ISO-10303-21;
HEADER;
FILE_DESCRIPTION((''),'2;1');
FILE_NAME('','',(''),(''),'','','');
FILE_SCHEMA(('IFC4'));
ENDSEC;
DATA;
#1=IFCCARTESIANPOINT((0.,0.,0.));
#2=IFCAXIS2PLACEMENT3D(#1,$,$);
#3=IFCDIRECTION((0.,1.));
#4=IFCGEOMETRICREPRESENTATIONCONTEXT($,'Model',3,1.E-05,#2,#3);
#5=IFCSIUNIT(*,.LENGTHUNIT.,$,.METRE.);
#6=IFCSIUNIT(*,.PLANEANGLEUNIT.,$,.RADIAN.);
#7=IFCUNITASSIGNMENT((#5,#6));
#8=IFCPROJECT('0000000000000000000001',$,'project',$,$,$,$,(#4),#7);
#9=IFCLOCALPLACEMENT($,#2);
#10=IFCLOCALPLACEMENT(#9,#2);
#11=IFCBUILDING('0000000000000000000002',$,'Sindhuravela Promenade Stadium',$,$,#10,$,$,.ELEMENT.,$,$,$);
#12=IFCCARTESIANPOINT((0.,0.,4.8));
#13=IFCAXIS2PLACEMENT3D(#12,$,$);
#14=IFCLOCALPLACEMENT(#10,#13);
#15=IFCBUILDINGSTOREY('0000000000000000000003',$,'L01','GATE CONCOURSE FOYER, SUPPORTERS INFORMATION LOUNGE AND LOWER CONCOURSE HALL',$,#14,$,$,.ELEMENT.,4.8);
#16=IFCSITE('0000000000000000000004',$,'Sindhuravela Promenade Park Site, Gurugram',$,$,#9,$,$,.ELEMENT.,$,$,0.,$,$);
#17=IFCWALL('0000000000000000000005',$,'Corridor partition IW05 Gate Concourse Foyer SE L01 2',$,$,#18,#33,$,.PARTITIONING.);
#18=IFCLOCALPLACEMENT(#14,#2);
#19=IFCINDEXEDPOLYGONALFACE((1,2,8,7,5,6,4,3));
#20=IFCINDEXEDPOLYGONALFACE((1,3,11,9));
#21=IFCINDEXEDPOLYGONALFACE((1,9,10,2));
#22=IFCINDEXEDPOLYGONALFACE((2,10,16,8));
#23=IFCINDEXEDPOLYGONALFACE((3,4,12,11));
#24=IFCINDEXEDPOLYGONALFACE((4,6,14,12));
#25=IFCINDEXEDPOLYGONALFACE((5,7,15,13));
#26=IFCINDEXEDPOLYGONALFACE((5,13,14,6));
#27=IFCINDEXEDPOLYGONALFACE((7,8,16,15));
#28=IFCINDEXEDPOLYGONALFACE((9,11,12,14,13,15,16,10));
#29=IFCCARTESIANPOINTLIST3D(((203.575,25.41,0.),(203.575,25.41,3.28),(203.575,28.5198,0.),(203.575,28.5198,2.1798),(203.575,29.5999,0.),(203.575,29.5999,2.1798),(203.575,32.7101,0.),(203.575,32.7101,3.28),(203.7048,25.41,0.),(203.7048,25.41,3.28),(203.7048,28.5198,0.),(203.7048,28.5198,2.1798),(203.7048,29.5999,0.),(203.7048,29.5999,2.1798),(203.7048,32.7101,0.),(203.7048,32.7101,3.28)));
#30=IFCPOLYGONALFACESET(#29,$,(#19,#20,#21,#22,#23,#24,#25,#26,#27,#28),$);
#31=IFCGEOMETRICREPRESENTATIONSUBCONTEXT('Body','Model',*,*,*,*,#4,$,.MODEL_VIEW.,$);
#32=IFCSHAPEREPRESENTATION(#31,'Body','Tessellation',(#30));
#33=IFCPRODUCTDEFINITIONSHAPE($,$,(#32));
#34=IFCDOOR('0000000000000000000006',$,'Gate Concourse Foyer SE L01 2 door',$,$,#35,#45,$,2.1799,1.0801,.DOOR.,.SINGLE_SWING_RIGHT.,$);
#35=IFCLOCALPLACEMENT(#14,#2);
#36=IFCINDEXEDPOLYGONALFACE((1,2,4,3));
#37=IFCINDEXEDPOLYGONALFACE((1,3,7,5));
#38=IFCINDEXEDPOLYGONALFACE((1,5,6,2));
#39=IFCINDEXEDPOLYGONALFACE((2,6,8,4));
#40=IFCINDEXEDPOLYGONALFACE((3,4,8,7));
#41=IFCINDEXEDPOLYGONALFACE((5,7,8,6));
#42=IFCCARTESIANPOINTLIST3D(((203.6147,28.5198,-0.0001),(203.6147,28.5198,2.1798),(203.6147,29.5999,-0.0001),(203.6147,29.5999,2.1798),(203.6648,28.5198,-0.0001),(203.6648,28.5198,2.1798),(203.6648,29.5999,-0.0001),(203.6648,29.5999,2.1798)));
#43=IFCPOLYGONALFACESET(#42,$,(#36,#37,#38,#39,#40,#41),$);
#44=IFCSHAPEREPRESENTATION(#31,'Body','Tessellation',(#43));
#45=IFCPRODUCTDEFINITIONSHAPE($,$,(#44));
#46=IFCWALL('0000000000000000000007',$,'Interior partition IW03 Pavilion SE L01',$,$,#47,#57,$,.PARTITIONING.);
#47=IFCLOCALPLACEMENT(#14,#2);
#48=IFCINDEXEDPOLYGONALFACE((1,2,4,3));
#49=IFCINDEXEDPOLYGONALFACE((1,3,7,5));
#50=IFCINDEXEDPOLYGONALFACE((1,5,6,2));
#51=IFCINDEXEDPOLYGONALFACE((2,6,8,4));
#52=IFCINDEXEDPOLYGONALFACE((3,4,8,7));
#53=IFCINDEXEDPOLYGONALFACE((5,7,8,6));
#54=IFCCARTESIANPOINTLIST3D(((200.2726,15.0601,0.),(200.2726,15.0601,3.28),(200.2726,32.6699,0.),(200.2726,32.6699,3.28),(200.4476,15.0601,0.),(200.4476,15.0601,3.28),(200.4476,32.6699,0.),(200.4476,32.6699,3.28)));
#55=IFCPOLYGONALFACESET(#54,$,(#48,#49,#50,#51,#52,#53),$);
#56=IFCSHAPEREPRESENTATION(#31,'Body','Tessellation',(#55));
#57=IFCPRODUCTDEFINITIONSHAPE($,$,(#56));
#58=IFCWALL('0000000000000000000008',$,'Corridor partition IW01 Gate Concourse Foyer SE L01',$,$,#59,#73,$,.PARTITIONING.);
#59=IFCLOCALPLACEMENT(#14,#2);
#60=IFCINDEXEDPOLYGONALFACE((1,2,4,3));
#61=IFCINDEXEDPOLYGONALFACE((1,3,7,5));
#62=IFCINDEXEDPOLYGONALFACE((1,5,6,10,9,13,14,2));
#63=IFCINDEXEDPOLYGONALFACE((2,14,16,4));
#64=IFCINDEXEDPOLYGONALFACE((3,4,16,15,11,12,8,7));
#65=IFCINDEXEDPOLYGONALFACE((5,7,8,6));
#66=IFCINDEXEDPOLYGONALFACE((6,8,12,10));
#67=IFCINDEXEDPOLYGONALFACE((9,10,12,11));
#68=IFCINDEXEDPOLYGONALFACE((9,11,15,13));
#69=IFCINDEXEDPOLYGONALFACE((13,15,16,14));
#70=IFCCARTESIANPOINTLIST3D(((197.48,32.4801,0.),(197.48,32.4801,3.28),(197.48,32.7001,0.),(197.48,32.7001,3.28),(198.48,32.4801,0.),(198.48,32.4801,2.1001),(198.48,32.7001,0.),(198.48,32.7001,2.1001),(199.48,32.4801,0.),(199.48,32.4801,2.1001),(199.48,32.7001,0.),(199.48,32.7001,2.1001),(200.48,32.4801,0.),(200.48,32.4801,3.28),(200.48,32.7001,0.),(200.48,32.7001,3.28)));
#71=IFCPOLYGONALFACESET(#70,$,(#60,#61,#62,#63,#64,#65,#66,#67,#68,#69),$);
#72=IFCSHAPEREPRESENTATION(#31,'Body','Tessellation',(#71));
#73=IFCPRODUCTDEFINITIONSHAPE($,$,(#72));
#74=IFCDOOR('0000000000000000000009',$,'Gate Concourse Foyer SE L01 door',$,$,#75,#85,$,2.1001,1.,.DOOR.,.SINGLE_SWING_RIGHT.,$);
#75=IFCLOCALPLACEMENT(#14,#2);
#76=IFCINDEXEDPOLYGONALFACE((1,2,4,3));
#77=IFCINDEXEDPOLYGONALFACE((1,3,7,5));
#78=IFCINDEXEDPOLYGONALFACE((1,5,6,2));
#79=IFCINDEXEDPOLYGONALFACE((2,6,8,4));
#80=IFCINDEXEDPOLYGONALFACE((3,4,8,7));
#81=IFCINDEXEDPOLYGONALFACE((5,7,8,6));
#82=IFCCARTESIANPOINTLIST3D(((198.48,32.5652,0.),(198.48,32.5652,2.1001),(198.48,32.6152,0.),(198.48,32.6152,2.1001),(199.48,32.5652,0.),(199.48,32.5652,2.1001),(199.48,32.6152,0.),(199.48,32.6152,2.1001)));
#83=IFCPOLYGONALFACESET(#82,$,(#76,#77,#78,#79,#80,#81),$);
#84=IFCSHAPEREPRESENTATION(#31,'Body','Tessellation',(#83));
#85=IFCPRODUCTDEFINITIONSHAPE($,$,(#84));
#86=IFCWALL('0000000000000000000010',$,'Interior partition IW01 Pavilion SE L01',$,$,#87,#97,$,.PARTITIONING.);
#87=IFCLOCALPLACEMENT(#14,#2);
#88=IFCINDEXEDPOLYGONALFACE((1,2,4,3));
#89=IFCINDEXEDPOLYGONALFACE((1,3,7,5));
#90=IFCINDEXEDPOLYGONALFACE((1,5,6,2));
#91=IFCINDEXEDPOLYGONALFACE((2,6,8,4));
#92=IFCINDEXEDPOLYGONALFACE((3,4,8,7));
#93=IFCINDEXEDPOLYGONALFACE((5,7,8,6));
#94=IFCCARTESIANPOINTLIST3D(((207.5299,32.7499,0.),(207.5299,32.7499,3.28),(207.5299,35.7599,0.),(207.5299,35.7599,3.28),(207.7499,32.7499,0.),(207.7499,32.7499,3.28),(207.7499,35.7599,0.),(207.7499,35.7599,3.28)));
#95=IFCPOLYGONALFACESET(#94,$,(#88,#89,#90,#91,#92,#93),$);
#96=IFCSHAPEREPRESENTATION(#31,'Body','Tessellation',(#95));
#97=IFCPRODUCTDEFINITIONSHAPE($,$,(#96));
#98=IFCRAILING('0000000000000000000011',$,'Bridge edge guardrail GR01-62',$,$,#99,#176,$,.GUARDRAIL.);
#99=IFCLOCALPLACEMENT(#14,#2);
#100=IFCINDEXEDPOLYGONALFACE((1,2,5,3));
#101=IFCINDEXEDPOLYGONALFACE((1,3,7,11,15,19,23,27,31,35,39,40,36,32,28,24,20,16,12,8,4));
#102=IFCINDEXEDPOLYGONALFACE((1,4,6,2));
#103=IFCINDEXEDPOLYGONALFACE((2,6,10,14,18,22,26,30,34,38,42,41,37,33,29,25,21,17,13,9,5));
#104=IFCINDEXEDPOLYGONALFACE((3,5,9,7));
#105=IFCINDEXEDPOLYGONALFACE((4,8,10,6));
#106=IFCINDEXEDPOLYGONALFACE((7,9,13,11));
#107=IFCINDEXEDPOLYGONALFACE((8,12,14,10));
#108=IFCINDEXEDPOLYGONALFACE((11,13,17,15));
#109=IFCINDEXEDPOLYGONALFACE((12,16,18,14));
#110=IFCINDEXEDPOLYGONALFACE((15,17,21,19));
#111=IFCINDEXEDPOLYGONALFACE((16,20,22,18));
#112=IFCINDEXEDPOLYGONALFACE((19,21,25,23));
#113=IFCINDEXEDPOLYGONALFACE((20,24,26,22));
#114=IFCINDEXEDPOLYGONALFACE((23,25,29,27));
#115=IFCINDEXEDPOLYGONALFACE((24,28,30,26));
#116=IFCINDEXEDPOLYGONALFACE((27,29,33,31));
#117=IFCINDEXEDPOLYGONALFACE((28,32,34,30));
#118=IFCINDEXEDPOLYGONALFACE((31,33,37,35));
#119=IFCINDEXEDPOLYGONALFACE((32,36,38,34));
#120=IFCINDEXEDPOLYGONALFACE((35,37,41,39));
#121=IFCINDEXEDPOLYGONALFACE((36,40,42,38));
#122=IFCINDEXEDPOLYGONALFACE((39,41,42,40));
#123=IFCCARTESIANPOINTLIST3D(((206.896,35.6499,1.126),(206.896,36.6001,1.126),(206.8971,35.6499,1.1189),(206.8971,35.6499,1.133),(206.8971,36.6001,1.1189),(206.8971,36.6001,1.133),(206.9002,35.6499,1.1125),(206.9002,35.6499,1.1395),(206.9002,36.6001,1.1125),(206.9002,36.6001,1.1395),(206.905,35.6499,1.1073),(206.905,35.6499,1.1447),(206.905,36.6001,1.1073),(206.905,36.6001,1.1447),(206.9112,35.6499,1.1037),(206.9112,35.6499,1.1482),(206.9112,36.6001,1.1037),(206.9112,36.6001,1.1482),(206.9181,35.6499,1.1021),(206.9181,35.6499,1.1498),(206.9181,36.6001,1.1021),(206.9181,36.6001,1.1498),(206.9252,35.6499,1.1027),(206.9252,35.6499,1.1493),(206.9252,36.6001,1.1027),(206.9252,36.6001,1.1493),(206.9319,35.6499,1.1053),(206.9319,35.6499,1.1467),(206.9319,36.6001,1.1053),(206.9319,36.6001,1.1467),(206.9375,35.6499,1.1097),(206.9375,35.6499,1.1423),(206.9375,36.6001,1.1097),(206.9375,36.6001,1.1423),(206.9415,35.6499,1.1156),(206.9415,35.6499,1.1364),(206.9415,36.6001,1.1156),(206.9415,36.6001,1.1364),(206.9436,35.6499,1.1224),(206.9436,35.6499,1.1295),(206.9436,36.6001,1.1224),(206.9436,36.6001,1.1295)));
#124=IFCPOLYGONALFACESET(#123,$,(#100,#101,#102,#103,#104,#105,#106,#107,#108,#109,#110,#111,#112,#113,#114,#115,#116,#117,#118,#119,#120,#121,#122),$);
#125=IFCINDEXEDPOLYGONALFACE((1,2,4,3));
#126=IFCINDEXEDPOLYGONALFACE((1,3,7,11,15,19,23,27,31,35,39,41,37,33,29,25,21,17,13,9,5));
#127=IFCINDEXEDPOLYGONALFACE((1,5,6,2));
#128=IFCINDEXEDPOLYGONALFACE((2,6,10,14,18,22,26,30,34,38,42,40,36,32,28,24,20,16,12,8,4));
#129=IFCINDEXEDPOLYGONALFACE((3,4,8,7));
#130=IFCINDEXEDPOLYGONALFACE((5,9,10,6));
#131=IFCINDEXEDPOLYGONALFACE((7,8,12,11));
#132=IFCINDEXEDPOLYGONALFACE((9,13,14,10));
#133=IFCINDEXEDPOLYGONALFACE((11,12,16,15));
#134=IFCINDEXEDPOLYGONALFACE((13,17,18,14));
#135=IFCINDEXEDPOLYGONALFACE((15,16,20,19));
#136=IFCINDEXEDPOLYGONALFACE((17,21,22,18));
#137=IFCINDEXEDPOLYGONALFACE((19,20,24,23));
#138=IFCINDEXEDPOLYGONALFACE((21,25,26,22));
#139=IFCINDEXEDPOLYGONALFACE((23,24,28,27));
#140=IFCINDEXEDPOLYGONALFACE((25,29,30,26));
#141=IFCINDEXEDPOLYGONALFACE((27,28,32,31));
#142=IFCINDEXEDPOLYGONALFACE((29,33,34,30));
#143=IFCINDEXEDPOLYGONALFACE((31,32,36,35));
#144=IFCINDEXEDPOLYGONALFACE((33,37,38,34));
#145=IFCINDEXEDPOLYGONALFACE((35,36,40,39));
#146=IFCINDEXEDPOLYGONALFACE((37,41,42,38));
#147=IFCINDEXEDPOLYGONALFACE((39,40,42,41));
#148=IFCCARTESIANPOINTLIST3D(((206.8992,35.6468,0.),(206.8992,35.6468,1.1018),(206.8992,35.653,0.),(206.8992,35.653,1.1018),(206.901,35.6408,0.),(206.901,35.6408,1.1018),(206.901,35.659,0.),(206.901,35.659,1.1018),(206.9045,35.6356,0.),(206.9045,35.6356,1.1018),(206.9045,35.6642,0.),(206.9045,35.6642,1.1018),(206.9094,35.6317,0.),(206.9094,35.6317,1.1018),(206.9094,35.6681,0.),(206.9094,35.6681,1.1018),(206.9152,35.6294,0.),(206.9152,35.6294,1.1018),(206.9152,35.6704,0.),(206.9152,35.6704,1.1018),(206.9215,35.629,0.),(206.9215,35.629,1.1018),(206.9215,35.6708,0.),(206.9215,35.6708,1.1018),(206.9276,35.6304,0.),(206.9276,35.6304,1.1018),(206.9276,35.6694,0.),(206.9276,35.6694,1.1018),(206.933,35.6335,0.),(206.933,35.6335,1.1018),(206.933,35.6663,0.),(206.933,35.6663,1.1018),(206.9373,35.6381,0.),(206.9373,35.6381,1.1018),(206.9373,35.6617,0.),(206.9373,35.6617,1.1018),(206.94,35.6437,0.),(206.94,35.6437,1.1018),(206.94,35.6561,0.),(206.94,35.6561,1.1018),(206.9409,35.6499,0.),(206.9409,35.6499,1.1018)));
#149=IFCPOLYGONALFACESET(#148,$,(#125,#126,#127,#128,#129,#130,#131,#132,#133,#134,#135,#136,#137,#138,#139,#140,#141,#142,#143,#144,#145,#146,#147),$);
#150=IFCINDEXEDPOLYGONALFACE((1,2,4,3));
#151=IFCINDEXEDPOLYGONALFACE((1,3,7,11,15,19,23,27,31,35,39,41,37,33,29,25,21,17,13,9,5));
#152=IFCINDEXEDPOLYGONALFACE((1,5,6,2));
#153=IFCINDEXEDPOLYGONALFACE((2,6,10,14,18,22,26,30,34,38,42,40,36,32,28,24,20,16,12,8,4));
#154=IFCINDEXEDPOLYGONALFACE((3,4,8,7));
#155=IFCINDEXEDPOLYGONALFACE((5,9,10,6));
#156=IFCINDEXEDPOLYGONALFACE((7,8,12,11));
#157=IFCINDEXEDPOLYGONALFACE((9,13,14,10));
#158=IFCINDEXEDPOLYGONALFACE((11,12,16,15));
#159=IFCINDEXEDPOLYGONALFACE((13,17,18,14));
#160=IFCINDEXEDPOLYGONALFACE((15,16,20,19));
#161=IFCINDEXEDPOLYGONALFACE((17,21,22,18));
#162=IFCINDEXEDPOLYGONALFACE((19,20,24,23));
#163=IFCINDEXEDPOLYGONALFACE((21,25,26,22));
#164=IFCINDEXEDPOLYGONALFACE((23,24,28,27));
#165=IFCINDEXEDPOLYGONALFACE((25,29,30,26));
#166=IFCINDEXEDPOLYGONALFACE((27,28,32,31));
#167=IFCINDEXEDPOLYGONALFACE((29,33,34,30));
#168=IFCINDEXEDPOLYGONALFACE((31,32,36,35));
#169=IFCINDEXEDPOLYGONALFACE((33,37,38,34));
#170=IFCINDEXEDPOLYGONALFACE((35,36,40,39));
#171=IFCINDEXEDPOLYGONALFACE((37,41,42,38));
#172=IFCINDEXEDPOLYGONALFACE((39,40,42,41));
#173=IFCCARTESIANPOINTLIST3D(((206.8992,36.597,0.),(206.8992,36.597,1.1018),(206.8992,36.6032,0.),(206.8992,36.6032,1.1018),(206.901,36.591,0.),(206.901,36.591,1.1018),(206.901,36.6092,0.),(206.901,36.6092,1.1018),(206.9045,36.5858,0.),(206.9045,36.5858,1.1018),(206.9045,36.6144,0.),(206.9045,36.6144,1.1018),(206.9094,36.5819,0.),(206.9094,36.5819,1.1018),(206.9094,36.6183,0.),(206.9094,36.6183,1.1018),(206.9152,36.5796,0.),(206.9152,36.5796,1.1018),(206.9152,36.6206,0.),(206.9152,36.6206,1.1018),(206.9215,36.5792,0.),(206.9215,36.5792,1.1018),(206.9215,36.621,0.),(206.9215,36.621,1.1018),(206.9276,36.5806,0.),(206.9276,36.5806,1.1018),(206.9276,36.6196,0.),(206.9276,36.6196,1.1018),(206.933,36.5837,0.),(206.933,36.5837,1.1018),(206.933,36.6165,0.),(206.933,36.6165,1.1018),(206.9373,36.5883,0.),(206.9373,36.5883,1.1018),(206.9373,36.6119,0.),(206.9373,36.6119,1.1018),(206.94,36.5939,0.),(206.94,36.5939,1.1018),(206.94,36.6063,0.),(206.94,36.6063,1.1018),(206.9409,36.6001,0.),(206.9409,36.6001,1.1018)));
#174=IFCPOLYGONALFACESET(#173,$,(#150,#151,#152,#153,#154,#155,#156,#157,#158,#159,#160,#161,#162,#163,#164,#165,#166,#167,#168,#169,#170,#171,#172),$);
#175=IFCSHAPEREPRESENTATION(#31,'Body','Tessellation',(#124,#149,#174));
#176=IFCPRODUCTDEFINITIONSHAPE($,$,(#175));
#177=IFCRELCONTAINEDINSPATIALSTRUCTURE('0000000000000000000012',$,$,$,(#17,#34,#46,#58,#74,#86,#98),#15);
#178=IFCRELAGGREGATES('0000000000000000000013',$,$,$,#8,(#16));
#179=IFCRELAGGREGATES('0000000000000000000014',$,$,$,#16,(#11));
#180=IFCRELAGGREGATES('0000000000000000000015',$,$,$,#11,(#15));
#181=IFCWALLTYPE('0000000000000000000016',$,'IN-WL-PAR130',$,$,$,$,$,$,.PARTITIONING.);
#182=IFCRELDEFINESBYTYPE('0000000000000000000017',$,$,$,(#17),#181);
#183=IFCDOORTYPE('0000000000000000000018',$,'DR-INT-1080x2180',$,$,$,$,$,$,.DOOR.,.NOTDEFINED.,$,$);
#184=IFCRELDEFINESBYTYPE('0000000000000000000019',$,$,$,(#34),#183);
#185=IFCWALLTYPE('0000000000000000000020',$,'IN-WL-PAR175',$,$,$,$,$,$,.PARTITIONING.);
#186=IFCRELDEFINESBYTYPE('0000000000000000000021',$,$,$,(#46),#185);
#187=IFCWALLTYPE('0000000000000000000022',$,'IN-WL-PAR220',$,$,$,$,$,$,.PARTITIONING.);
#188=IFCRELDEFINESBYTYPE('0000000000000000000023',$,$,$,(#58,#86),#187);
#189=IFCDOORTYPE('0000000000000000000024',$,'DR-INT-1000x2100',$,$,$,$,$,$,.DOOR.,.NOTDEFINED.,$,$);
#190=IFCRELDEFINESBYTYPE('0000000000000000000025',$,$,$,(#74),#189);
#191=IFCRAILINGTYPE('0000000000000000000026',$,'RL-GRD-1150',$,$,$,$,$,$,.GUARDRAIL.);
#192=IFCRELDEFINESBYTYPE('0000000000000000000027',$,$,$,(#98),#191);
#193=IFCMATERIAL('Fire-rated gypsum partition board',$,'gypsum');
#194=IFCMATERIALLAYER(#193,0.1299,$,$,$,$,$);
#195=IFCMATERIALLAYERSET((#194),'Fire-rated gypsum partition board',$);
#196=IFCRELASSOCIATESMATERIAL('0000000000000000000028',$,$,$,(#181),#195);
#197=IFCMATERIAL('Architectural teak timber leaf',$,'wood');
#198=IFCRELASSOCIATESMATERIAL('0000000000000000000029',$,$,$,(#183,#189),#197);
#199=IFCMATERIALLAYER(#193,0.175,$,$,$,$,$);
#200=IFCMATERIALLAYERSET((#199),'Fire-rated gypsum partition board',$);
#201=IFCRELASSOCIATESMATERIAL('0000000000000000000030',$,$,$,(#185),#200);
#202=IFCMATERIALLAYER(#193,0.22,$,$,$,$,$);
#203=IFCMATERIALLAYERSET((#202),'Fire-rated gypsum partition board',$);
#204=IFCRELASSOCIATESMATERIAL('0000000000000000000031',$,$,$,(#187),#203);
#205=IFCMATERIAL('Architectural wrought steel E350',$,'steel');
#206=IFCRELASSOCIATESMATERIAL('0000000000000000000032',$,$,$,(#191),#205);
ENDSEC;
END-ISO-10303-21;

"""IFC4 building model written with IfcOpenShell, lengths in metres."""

from ifc_helpers import new_model, si_unit, direction, frame, frame_2d, origin, origin_2d, place, context, subcontext, project, spatial, rectangle, circle, extrude, material, layer, layer_set, type_object, element, fill, save


model = new_model("IFC4")

# Units and contexts
model_context = context("Model", 3, precision=1e-05, world=origin(), true_north=direction((0.0, 1.0)))
body_context = subcontext(model_context, "Body", "Model", "MODEL_VIEW")
ifc_project = project(units=[si_unit("LENGTHUNIT", "METRE"), si_unit("PLANEANGLEUNIT", "RADIAN")], contexts=[model_context])

# Site, building, storey
site_placement = place(None, origin())
site = spatial("IfcSite", under=ifc_project, at=site_placement, Name="Sindhuravela Promenade Park Site, Gurugram", CompositionType="ELEMENT", RefElevation=0.0)
building_placement = place(site_placement, origin())
building = spatial("IfcBuilding", under=site, at=building_placement, Name="Sindhuravela Promenade Stadium", CompositionType="ELEMENT")
storey_placement = place(building_placement, frame((0.0, 0.0, 4.8)))
storey = spatial("IfcBuildingStorey", under=building, at=storey_placement, Name="L01", Description="GATE CONCOURSE FOYER, SUPPORTERS INFORMATION LOUNGE AND LOWER CONCOURSE HALL", CompositionType="ELEMENT", Elevation=4.8)

# Shared definitions
ifc_material_1 = material(Name="Fire-rated gypsum partition board", Category="gypsum")

# Wall, opening, door
ifc_layer_1 = layer(ifc_material_1, 0.1299)
ifc_layer_set_1 = layer_set([ifc_layer_1], Name="Fire-rated gypsum partition board")
wall_type_1 = type_object("IfcWallType", Name="IN-WL-PAR130", PredefinedType="PARTITIONING", material=ifc_layer_set_1)
wall_1_placement = place(storey_placement, frame((203.6399, 32.71, 0.0), z_axis=(0.0, 0.0, 1.0), x_axis=(0.0, -1.0, 0.0)))
wall_1 = element("IfcWall", 1, at=wall_1_placement, inside=storey, type_object=wall_type_1, Name="Corridor partition IW05 Gate Concourse Foyer SE L01 2", PredefinedType="PARTITIONING", context=body_context, shape_type="SweptSolid", body=[
    extrude(rectangle(XDim=7.3, YDim=0.1299, at=frame_2d((3.6499, 0.0))), origin(), (0.0, 0.0, 1.0), 3.28),
])
opening_1_placement = place(wall_1_placement, frame((3.1101, 0.0, 0.0)))
opening_1 = element("IfcOpeningElement", 2, at=opening_1_placement, cuts=wall_1, PredefinedType="OPENING", context=body_context, shape_type="SweptSolid", body=[
    extrude(rectangle(XDim=1.0801, YDim=2.1799, at=frame_2d((0.54, 1.0898))), frame((0.0, 0.075, 0.0), z_axis=(0.0, -1.0, 0.0), x_axis=(1.0, 0.0, 0.0)), (0.0, 0.0, 1.0), 0.1499),
])
ifc_material_2 = material(Name="Architectural teak timber leaf", Category="wood")
door_type_1 = type_object("IfcDoorType", Name="DR-INT-1080x2180", OperationType="NOTDEFINED", PredefinedType="DOOR", material=ifc_material_2)
door_1_placement = place(opening_1_placement, origin())
door_1 = element("IfcDoor", 3, at=door_1_placement, inside=storey, type_object=door_type_1, Name="Gate Concourse Foyer SE L01 2 door", OperationType="SINGLE_SWING_RIGHT", OverallHeight=2.1799, OverallWidth=1.0801, PredefinedType="DOOR", context=body_context, shape_type="SweptSolid", body=[
    extrude(rectangle(XDim=1.0801, YDim=2.1799, at=frame_2d((0.54, 1.0898))), frame((0.0, 0.0249, 0.0), z_axis=(0.0, -1.0, 0.0), x_axis=(1.0, 0.0, 0.0)), (0.0, 0.0, 1.0), 0.05),
])
fill(opening_1, door_1)

# Wall
ifc_layer_2 = layer(ifc_material_1, 0.175)
ifc_layer_set_2 = layer_set([ifc_layer_2], Name="Fire-rated gypsum partition board")
wall_type_2 = type_object("IfcWallType", Name="IN-WL-PAR175", PredefinedType="PARTITIONING", material=ifc_layer_set_2)
wall_2_placement = place(storey_placement, frame((200.3601, 32.6699, 0.0), z_axis=(0.0, 0.0, 1.0), x_axis=(0.0, -1.0, 0.0)))
element("IfcWall", 4, at=wall_2_placement, inside=storey, type_object=wall_type_2, Name="Interior partition IW03 Pavilion SE L01", PredefinedType="PARTITIONING", context=body_context, shape_type="SweptSolid", body=[
    extrude(rectangle(XDim=17.6099, YDim=0.175, at=frame_2d((8.8049, 0.0))), origin(), (0.0, 0.0, 1.0), 3.28),
])

# Wall, opening, door
ifc_layer_3 = layer(ifc_material_1, 0.22)
ifc_layer_set_3 = layer_set([ifc_layer_3], Name="Fire-rated gypsum partition board")
wall_type_3 = type_object("IfcWallType", Name="IN-WL-PAR220", PredefinedType="PARTITIONING", material=ifc_layer_set_3)
wall_3_placement = place(storey_placement, frame((200.48, 32.5901, 0.0), z_axis=(0.0, 0.0, 1.0), x_axis=(-1.0, 0.0, 0.0)))
wall_3 = element("IfcWall", 5, at=wall_3_placement, inside=storey, type_object=wall_type_3, Name="Corridor partition IW01 Gate Concourse Foyer SE L01", PredefinedType="PARTITIONING", context=body_context, shape_type="SweptSolid", body=[
    extrude(rectangle(XDim=3.0, YDim=0.22, at=frame_2d((1.5, 0.0))), origin(), (0.0, 0.0, 1.0), 3.28),
])
opening_2_placement = place(wall_3_placement, frame((1.0, 0.0, 0.0)))
opening_2 = element("IfcOpeningElement", 6, at=opening_2_placement, cuts=wall_3, PredefinedType="OPENING", context=body_context, shape_type="SweptSolid", body=[
    extrude(rectangle(XDim=1.0, YDim=2.1001, at=frame_2d((0.5, 1.05))), frame((0.0, 0.1199, 0.0), z_axis=(0.0, -1.0, 0.0), x_axis=(1.0, 0.0, 0.0)), (0.0, 0.0, 1.0), 0.24),
])
door_type_2 = type_object("IfcDoorType", Name="DR-INT-1000x2100", OperationType="NOTDEFINED", PredefinedType="DOOR", material=ifc_material_2)
door_2_placement = place(opening_2_placement, origin())
door_2 = element("IfcDoor", 7, at=door_2_placement, inside=storey, type_object=door_type_2, Name="Gate Concourse Foyer SE L01 door", OperationType="SINGLE_SWING_RIGHT", OverallHeight=2.1001, OverallWidth=1.0, PredefinedType="DOOR", context=body_context, shape_type="SweptSolid", body=[
    extrude(rectangle(XDim=1.0, YDim=2.1001, at=frame_2d((0.5, 1.05))), frame((0.0, 0.0249, 0.0), z_axis=(0.0, -1.0, 0.0), x_axis=(1.0, 0.0, 0.0)), (0.0, 0.0, 1.0), 0.05),
])
fill(opening_2, door_2)

# Wall
wall_4_placement = place(storey_placement, frame((207.6399, 32.75, 0.0), z_axis=(0.0, 0.0, 1.0), x_axis=(0.0, 1.0, 0.0)))
element("IfcWall", 8, at=wall_4_placement, inside=storey, type_object=wall_type_3, Name="Interior partition IW01 Pavilion SE L01", PredefinedType="PARTITIONING", context=body_context, shape_type="SweptSolid", body=[
    extrude(rectangle(XDim=3.01, YDim=0.22, at=frame_2d((1.5049, 0.0))), origin(), (0.0, 0.0, 1.0), 3.28),
])

# Railing
ifc_material_3 = material(Name="Architectural wrought steel E350", Category="steel")
railing_type = type_object("IfcRailingType", Name="RL-GRD-1150", PredefinedType="GUARDRAIL", material=ifc_material_3)
railing_placement = place(storey_placement, frame((206.9199, 35.6499, 0.0)))
element("IfcRailing", 9, at=railing_placement, inside=storey, type_object=railing_type, Name="Bridge edge guardrail GR01-62", PredefinedType="GUARDRAIL", context=body_context, shape_type="SweptSolid", body=[
    extrude(circle(Radius=0.0239, at=origin_2d()), frame((0.0, 0.0, 1.126), z_axis=(0.0, 1.0, 0.0), x_axis=(-1.0, 0.0, 0.0)), (0.0, 0.0, 1.0), 0.9502),
    extrude(circle(Radius=0.021, at=origin_2d()), origin(), (0.0, 0.0, 1.0), 1.1018),
    extrude(circle(Radius=0.021, at=origin_2d()), frame((0.0, 0.9502, 0.0)), (0.0, 0.0, 1.0), 1.1018),
])

save(model, "model.ifc")
